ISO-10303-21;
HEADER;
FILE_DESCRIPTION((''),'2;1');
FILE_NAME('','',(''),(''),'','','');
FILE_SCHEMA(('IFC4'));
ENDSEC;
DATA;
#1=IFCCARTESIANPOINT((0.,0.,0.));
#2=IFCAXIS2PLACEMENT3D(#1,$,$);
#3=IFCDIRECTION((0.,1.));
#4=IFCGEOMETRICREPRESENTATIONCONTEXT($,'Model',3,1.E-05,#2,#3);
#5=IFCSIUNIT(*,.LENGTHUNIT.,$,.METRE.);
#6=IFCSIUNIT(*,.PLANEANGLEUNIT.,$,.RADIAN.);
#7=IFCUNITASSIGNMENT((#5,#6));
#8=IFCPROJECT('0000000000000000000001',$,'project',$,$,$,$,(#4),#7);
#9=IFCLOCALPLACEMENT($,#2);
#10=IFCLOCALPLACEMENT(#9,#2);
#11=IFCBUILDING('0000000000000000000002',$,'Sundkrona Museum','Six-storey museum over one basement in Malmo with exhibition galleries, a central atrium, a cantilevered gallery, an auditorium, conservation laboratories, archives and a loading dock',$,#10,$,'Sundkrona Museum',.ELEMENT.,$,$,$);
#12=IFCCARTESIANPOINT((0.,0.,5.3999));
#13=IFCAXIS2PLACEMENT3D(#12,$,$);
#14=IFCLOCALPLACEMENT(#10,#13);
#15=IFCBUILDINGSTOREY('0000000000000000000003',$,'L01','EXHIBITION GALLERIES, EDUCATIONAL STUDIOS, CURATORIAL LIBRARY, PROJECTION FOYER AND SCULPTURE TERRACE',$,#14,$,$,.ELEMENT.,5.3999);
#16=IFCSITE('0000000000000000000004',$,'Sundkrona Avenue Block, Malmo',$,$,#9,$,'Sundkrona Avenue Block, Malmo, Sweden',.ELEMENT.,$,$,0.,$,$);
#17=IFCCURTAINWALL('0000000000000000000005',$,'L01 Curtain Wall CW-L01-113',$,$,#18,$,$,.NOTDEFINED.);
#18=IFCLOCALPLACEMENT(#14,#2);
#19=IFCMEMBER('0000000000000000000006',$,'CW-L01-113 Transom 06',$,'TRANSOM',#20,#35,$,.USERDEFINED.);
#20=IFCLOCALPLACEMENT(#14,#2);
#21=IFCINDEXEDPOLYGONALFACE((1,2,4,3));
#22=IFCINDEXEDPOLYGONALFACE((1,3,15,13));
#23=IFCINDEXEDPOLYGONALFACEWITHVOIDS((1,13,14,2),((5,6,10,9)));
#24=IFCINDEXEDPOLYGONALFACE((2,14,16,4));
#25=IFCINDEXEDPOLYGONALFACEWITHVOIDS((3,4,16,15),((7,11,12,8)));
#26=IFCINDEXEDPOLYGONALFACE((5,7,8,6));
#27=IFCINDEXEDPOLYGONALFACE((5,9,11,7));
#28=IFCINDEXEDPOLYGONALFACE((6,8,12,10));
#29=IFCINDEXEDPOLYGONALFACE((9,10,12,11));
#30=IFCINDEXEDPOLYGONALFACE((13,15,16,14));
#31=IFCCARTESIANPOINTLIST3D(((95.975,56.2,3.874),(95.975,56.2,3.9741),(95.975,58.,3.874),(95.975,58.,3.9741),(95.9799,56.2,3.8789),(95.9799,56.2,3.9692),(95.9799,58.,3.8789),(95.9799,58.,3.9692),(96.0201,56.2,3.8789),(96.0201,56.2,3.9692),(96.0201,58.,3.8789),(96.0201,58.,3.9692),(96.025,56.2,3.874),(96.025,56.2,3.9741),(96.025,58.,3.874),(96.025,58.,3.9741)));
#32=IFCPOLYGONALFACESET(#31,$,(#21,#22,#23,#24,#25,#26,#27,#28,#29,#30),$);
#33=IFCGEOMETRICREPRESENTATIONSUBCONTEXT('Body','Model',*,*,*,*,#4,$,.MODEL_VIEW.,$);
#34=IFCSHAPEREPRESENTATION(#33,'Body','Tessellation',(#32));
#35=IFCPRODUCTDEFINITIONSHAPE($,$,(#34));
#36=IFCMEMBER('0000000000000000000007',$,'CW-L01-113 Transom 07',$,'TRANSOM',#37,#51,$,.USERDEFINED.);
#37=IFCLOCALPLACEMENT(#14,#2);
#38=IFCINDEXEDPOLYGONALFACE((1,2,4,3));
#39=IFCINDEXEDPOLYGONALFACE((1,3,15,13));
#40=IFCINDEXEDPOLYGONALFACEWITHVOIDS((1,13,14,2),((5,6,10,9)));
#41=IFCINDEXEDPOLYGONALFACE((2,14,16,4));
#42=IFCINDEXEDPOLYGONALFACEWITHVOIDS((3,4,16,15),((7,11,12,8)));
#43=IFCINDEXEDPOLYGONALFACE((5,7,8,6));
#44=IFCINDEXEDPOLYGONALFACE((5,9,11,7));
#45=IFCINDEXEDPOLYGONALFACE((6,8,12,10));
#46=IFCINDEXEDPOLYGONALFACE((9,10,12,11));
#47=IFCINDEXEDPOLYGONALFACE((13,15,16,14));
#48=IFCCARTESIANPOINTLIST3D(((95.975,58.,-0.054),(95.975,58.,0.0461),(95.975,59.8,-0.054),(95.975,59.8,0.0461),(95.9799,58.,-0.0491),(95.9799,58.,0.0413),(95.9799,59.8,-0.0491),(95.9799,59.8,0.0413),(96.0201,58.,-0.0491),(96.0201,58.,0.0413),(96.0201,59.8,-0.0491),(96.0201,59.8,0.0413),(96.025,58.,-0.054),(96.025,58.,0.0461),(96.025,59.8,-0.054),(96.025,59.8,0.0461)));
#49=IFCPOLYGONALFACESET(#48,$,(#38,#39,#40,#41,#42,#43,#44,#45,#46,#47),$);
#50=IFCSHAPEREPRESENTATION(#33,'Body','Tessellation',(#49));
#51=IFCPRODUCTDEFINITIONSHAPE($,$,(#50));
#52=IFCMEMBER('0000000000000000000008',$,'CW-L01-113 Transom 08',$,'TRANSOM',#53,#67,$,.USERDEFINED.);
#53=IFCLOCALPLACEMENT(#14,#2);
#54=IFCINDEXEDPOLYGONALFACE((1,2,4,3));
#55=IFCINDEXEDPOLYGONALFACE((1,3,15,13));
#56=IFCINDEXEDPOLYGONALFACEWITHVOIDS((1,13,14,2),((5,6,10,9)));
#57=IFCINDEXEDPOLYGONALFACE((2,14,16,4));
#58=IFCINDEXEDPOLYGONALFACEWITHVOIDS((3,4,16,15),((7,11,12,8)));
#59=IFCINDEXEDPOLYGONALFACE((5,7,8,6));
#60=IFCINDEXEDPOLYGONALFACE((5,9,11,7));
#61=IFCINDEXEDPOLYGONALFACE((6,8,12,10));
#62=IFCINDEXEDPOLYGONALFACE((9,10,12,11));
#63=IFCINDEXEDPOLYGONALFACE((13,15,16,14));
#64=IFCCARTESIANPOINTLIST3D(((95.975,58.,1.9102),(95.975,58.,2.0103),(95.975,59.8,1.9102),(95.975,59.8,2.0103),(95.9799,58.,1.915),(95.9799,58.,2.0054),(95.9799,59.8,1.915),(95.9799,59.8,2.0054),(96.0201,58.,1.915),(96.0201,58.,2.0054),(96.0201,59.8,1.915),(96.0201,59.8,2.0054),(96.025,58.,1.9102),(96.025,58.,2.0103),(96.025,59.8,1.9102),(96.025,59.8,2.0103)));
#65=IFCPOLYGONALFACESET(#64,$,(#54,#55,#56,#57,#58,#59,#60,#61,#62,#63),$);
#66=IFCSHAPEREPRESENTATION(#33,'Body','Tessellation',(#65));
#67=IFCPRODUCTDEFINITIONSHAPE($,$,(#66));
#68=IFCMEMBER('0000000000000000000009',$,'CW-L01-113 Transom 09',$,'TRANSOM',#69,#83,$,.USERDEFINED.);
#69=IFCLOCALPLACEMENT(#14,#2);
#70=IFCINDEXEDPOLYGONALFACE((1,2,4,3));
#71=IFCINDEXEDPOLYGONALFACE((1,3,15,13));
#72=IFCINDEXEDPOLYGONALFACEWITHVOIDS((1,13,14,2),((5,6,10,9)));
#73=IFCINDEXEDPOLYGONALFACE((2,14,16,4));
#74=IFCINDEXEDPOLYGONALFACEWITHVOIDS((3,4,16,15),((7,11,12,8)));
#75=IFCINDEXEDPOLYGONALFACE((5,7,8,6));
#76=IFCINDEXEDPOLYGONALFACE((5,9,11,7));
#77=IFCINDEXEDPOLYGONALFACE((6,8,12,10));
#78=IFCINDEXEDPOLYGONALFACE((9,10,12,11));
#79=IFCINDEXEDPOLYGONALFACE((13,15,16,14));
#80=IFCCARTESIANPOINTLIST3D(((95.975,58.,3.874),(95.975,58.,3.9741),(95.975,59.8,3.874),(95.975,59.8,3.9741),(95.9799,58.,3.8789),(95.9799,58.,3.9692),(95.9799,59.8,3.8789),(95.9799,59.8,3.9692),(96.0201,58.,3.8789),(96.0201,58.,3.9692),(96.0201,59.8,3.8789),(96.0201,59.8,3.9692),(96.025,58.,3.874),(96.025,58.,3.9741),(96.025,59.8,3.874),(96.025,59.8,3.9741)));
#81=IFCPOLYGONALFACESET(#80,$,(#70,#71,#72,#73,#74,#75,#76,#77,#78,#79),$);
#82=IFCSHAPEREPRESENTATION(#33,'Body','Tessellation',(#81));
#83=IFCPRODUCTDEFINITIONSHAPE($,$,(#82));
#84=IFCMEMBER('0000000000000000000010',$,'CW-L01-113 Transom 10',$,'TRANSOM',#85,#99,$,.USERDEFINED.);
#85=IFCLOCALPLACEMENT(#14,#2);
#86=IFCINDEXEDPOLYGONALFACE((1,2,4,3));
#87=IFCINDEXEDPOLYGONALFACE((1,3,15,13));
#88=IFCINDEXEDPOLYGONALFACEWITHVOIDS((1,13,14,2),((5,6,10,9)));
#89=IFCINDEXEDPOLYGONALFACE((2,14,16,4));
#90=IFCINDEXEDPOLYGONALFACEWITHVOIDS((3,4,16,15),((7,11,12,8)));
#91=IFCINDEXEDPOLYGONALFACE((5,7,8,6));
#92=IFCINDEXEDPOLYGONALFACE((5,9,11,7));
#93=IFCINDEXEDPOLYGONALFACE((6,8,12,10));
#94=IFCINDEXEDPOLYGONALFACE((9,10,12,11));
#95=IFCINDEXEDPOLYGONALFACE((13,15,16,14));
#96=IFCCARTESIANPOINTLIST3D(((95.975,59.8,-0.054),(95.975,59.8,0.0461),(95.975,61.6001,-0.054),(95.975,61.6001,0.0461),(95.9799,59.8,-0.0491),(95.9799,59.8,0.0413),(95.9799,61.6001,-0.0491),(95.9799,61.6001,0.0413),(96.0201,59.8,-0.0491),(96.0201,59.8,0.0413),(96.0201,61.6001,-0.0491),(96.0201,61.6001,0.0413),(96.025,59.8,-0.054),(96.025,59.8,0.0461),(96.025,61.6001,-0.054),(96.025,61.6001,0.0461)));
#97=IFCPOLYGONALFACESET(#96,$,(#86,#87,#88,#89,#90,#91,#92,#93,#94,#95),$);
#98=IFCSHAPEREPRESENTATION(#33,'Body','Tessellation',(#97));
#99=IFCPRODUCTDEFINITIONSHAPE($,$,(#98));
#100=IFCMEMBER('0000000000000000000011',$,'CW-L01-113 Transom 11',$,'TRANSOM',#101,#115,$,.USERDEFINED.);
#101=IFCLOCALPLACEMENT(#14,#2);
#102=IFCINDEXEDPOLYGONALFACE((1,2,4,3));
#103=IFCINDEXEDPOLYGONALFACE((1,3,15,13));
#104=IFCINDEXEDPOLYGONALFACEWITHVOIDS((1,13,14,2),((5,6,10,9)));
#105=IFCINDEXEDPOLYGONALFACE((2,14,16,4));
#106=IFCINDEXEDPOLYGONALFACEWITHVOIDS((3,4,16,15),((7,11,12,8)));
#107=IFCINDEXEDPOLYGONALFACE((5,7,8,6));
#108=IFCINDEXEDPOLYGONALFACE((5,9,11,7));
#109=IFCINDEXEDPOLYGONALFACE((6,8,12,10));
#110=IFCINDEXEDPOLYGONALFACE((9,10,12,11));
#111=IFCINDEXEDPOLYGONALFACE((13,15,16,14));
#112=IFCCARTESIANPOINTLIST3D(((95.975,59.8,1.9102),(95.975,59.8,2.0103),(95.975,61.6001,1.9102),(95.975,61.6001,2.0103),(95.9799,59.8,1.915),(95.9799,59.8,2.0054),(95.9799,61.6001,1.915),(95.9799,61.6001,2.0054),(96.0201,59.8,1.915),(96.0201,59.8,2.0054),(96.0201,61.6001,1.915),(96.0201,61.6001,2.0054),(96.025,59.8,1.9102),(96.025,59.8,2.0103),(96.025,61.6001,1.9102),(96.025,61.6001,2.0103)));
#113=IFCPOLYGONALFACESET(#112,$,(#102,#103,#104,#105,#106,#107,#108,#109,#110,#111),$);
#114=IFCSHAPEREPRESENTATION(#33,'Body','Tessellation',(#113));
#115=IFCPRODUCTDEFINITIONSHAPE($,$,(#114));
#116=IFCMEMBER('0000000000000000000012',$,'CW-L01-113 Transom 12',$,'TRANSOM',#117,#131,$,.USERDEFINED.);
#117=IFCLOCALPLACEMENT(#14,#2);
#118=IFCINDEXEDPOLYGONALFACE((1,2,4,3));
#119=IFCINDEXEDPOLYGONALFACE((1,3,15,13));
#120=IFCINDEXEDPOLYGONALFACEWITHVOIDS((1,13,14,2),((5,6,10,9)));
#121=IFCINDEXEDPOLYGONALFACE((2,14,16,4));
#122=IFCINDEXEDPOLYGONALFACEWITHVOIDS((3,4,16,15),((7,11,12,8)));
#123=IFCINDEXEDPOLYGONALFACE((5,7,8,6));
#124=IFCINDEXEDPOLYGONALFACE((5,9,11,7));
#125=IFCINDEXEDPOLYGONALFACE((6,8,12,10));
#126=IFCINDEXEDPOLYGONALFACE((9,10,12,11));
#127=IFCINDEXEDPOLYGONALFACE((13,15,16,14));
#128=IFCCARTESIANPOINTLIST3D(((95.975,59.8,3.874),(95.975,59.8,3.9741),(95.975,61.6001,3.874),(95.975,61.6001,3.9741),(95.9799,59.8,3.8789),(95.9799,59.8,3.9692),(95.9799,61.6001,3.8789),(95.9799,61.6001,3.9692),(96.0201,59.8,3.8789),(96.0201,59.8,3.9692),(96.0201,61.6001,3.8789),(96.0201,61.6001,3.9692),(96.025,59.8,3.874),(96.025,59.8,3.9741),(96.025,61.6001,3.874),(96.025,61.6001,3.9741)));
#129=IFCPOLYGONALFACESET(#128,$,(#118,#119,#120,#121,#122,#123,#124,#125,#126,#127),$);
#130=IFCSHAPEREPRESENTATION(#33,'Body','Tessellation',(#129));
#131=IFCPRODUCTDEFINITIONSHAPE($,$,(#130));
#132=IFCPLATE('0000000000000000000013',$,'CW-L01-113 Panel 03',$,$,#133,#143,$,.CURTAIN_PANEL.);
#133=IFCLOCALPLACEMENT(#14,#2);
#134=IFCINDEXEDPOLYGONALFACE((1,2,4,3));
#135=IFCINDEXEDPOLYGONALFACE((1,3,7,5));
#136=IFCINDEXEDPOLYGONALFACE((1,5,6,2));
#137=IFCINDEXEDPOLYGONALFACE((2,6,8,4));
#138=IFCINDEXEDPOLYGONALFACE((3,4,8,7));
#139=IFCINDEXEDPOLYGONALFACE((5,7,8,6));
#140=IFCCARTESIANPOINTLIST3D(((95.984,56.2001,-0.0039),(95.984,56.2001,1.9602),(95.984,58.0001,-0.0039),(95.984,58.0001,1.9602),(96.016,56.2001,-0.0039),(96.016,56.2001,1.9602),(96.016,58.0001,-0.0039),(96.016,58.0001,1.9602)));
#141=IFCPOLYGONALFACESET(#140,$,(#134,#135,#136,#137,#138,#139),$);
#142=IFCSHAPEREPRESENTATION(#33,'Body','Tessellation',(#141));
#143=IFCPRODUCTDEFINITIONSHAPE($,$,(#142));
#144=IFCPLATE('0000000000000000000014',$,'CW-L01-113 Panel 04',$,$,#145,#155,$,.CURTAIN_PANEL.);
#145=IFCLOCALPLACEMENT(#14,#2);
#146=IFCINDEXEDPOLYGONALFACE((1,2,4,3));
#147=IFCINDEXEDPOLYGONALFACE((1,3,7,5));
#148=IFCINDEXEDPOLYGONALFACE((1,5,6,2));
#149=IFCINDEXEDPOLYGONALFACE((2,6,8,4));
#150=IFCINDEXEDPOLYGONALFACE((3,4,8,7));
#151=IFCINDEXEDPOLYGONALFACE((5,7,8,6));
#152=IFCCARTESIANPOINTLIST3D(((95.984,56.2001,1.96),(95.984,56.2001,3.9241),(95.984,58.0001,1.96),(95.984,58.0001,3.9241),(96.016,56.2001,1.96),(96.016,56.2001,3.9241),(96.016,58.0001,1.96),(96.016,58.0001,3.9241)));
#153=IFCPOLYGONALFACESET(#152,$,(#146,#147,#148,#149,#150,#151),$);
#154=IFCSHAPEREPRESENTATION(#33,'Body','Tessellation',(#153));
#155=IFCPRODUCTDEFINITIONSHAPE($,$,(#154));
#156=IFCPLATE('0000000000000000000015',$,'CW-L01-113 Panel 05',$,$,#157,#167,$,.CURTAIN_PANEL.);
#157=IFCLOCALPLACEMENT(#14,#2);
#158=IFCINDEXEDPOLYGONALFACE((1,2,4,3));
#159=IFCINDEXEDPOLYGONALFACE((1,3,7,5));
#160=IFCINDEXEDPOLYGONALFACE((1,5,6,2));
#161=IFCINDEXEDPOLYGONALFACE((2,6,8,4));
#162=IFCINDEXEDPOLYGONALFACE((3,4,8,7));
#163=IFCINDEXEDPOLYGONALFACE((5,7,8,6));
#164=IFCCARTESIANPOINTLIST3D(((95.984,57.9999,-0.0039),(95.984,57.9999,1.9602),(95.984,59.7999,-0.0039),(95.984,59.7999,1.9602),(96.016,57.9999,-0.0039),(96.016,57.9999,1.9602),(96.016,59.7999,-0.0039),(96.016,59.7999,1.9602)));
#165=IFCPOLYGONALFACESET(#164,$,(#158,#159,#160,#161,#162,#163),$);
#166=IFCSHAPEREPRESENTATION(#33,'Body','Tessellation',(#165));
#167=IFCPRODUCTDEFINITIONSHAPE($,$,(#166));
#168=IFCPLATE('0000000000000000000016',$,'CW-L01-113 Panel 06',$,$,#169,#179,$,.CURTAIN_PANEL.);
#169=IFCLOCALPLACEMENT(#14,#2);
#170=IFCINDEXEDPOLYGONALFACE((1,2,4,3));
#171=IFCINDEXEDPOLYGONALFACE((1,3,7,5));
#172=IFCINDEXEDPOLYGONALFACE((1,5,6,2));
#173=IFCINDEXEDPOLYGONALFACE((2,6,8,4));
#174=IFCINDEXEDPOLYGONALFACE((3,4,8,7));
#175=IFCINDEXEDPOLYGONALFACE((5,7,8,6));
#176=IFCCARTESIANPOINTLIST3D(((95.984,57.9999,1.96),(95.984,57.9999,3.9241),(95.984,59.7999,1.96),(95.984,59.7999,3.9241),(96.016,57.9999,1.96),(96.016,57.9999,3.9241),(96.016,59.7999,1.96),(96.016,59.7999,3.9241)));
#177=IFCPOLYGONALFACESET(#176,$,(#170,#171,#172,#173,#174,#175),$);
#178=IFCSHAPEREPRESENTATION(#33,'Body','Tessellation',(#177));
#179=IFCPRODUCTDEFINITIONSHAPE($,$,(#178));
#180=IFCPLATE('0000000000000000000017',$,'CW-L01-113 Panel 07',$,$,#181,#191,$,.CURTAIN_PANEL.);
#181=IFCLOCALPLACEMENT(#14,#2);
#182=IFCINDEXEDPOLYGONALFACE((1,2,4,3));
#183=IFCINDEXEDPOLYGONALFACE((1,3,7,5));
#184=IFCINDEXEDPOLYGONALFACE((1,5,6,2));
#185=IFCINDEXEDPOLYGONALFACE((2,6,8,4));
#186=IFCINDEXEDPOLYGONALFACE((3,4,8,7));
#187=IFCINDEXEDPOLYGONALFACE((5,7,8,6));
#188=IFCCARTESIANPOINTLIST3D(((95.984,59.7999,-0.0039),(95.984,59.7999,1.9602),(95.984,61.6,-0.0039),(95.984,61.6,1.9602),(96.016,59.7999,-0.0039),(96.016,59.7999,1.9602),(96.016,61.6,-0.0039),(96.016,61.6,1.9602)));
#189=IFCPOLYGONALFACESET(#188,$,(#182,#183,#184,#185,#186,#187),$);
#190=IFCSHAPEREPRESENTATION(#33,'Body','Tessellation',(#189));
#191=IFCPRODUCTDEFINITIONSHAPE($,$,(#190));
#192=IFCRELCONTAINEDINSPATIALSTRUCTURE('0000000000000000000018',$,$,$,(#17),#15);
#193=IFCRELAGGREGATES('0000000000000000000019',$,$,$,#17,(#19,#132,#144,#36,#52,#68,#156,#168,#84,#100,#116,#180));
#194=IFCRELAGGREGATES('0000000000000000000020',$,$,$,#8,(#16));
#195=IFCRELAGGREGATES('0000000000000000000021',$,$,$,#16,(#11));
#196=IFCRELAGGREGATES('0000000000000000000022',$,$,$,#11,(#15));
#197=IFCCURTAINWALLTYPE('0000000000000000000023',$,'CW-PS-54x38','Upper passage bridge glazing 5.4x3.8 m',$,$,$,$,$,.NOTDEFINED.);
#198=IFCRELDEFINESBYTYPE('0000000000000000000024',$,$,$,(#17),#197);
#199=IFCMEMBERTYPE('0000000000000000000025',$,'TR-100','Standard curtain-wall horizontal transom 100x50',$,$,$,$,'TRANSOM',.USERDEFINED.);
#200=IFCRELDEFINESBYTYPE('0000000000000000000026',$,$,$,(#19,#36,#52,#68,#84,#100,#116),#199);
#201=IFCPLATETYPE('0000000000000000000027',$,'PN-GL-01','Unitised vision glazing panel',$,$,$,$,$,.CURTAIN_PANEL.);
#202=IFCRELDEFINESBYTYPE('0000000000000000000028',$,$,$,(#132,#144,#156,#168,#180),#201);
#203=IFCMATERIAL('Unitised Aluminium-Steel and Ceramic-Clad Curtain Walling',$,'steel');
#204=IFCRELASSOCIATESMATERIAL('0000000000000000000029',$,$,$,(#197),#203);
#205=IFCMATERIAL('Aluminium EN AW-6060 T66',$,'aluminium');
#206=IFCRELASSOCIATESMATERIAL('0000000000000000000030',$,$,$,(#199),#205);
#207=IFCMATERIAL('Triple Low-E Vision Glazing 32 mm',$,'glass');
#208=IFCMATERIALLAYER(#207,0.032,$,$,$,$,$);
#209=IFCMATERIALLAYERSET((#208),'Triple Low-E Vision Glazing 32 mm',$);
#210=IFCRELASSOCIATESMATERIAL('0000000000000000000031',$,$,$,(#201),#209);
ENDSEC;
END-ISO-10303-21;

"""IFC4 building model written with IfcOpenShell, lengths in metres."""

from ifc_helpers import new_model, si_unit, direction, frame, origin, origin_2d, place, context, subcontext, project, spatial, rectangle, hollow_rectangle, extrude, material, layer, layer_set, material_profile, profile_set, type_object, element, aggregate, save


model = new_model("IFC4")

# Units and contexts
model_context = context("Model", 3, precision=1e-05, world=origin(), true_north=direction((0.0, 1.0)))
body_context = subcontext(model_context, "Body", "Model", "MODEL_VIEW")
ifc_project = project(units=[si_unit("LENGTHUNIT", "METRE"), si_unit("PLANEANGLEUNIT", "RADIAN")], contexts=[model_context])

# Site, building, storey
site_placement = place(None, origin())
site = spatial("IfcSite", under=ifc_project, at=site_placement, Name="Sundkrona Avenue Block, Malmo", LongName="Sundkrona Avenue Block, Malmo, Sweden", CompositionType="ELEMENT", RefElevation=0.0)
building_placement = place(site_placement, origin())
building = spatial("IfcBuilding", under=site, at=building_placement, Name="Sundkrona Museum", Description="Six-storey museum over one basement in Malmo with exhibition galleries, a central atrium, a cantilevered gallery, an auditorium, conservation laboratories, archives and a loading dock", LongName="Sundkrona Museum", CompositionType="ELEMENT")
storey_placement = place(building_placement, frame((0.0, 0.0, 5.3999)))
storey = spatial("IfcBuildingStorey", under=building, at=storey_placement, Name="L01", Description="EXHIBITION GALLERIES, EDUCATIONAL STUDIOS, CURATORIAL LIBRARY, PROJECTION FOYER AND SCULPTURE TERRACE", CompositionType="ELEMENT", Elevation=5.3999)

# Curtain wall, members, plates
ifc_material_1 = material(Name="Unitised Aluminium-Steel and Ceramic-Clad Curtain Walling", Category="steel")
curtain_wall_type = type_object("IfcCurtainWallType", Name="CW-PS-54x38", Description="Upper passage bridge glazing 5.4x3.8 m", PredefinedType="NOTDEFINED", material=ifc_material_1)
curtain_wall_placement = place(storey_placement, origin())
curtain_wall = element("IfcCurtainWall", 1, at=curtain_wall_placement, inside=storey, type_object=curtain_wall_type, Name="L01 Curtain Wall CW-L01-113", PredefinedType="NOTDEFINED")
ifc_material_2 = material(Name="Aluminium EN AW-6060 T66", Category="aluminium")
ifc_material_profile_1 = material_profile(ifc_material_2, hollow_rectangle(XDim=0.05, YDim=0.1001, WallThickness=0.0049, at=origin_2d()), Name="RHS 100x50x5.0")
ifc_profile_set_1 = profile_set([ifc_material_profile_1], Name="Aluminium EN AW-6060 T66")
member_type_1 = type_object("IfcMemberType", Name="TR-100", Description="Standard curtain-wall horizontal transom 100x50", ElementType="TRANSOM", PredefinedType="USERDEFINED", material=ifc_profile_set_1)
member_1_placement = place(storey_placement, frame((96.0, 56.2, 3.9241), z_axis=(0.0, 1.0, 0.0), x_axis=(-1.0, 0.0, 0.0)))
member_1 = element("IfcMember", 2, at=member_1_placement, type_object=member_type_1, Name="CW-L01-113 Transom 06", ObjectType="TRANSOM", PredefinedType="USERDEFINED", context=body_context, shape_type="SweptSolid", body=[
    extrude(hollow_rectangle(XDim=0.05, YDim=0.1001, WallThickness=0.0049, at=origin_2d()), origin(), (0.0, 0.0, 1.0), 1.8),
])
member_2_placement = place(storey_placement, frame((96.0, 58.0, -0.0039), z_axis=(0.0, 1.0, 0.0), x_axis=(-1.0, 0.0, 0.0)))
member_2 = element("IfcMember", 3, at=member_2_placement, type_object=member_type_1, Name="CW-L01-113 Transom 07", ObjectType="TRANSOM", PredefinedType="USERDEFINED", context=body_context, shape_type="SweptSolid", body=[
    extrude(hollow_rectangle(XDim=0.05, YDim=0.1001, WallThickness=0.0049, at=origin_2d()), origin(), (0.0, 0.0, 1.0), 1.8),
])
member_3_placement = place(storey_placement, frame((96.0, 58.0, 1.9602), z_axis=(0.0, 1.0, 0.0), x_axis=(-1.0, 0.0, 0.0)))
member_3 = element("IfcMember", 4, at=member_3_placement, type_object=member_type_1, Name="CW-L01-113 Transom 08", ObjectType="TRANSOM", PredefinedType="USERDEFINED", context=body_context, shape_type="SweptSolid", body=[
    extrude(hollow_rectangle(XDim=0.05, YDim=0.1001, WallThickness=0.0049, at=origin_2d()), origin(), (0.0, 0.0, 1.0), 1.8),
])
member_4_placement = place(storey_placement, frame((96.0, 58.0, 3.9241), z_axis=(0.0, 1.0, 0.0), x_axis=(-1.0, 0.0, 0.0)))
member_4 = element("IfcMember", 5, at=member_4_placement, type_object=member_type_1, Name="CW-L01-113 Transom 09", ObjectType="TRANSOM", PredefinedType="USERDEFINED", context=body_context, shape_type="SweptSolid", body=[
    extrude(hollow_rectangle(XDim=0.05, YDim=0.1001, WallThickness=0.0049, at=origin_2d()), origin(), (0.0, 0.0, 1.0), 1.8),
])
member_5_placement = place(storey_placement, frame((96.0, 59.8, -0.0039), z_axis=(0.0, 1.0, 0.0), x_axis=(-1.0, 0.0, 0.0)))
member_5 = element("IfcMember", 6, at=member_5_placement, type_object=member_type_1, Name="CW-L01-113 Transom 10", ObjectType="TRANSOM", PredefinedType="USERDEFINED", context=body_context, shape_type="SweptSolid", body=[
    extrude(hollow_rectangle(XDim=0.05, YDim=0.1001, WallThickness=0.0049, at=origin_2d()), origin(), (0.0, 0.0, 1.0), 1.8),
])
member_6_placement = place(storey_placement, frame((96.0, 59.8, 1.9602), z_axis=(0.0, 1.0, 0.0), x_axis=(-1.0, 0.0, 0.0)))
member_6 = element("IfcMember", 7, at=member_6_placement, type_object=member_type_1, Name="CW-L01-113 Transom 11", ObjectType="TRANSOM", PredefinedType="USERDEFINED", context=body_context, shape_type="SweptSolid", body=[
    extrude(hollow_rectangle(XDim=0.05, YDim=0.1001, WallThickness=0.0049, at=origin_2d()), origin(), (0.0, 0.0, 1.0), 1.8),
])
member_7_placement = place(storey_placement, frame((96.0, 59.8, 3.9241), z_axis=(0.0, 1.0, 0.0), x_axis=(-1.0, 0.0, 0.0)))
member_7 = element("IfcMember", 8, at=member_7_placement, type_object=member_type_1, Name="CW-L01-113 Transom 12", ObjectType="TRANSOM", PredefinedType="USERDEFINED", context=body_context, shape_type="SweptSolid", body=[
    extrude(hollow_rectangle(XDim=0.05, YDim=0.1001, WallThickness=0.0049, at=origin_2d()), origin(), (0.0, 0.0, 1.0), 1.8),
])
ifc_material_3 = material(Name="Triple Low-E Vision Glazing 32 mm", Category="glass")
ifc_layer = layer(ifc_material_3, 0.032)
ifc_layer_set = layer_set([ifc_layer], Name="Triple Low-E Vision Glazing 32 mm")
plate_type = type_object("IfcPlateType", Name="PN-GL-01", Description="Unitised vision glazing panel", PredefinedType="CURTAIN_PANEL", material=ifc_layer_set)
plate_1_placement = place(storey_placement, frame((96.0, 57.1001, -0.0039), z_axis=(0.0, 0.0, 1.0), x_axis=(0.0, 1.0, 0.0)))
plate_1 = element("IfcPlate", 9, at=plate_1_placement, type_object=plate_type, Name="CW-L01-113 Panel 03", PredefinedType="CURTAIN_PANEL", context=body_context, shape_type="SweptSolid", body=[
    extrude(rectangle(XDim=1.8, YDim=0.032, at=origin_2d()), origin(), (0.0, 0.0, 1.0), 1.9641),
])
plate_2_placement = place(storey_placement, frame((96.0, 57.1001, 1.96), z_axis=(0.0, 0.0, 1.0), x_axis=(0.0, 1.0, 0.0)))
plate_2 = element("IfcPlate", 10, at=plate_2_placement, type_object=plate_type, Name="CW-L01-113 Panel 04", PredefinedType="CURTAIN_PANEL", context=body_context, shape_type="SweptSolid", body=[
    extrude(rectangle(XDim=1.8, YDim=0.032, at=origin_2d()), origin(), (0.0, 0.0, 1.0), 1.9641),
])
plate_3_placement = place(storey_placement, frame((96.0, 58.8999, -0.0039), z_axis=(0.0, 0.0, 1.0), x_axis=(0.0, 1.0, 0.0)))
plate_3 = element("IfcPlate", 11, at=plate_3_placement, type_object=plate_type, Name="CW-L01-113 Panel 05", PredefinedType="CURTAIN_PANEL", context=body_context, shape_type="SweptSolid", body=[
    extrude(rectangle(XDim=1.8, YDim=0.032, at=origin_2d()), origin(), (0.0, 0.0, 1.0), 1.9641),
])
plate_4_placement = place(storey_placement, frame((96.0, 58.8999, 1.96), z_axis=(0.0, 0.0, 1.0), x_axis=(0.0, 1.0, 0.0)))
plate_4 = element("IfcPlate", 12, at=plate_4_placement, type_object=plate_type, Name="CW-L01-113 Panel 06", PredefinedType="CURTAIN_PANEL", context=body_context, shape_type="SweptSolid", body=[
    extrude(rectangle(XDim=1.8, YDim=0.032, at=origin_2d()), origin(), (0.0, 0.0, 1.0), 1.9641),
])
plate_5_placement = place(storey_placement, frame((96.0, 60.7, -0.0039), z_axis=(0.0, 0.0, 1.0), x_axis=(0.0, 1.0, 0.0)))
plate_5 = element("IfcPlate", 13, at=plate_5_placement, type_object=plate_type, Name="CW-L01-113 Panel 07", PredefinedType="CURTAIN_PANEL", context=body_context, shape_type="SweptSolid", body=[
    extrude(rectangle(XDim=1.8, YDim=0.032, at=origin_2d()), origin(), (0.0, 0.0, 1.0), 1.9641),
])
aggregate(curtain_wall, [member_1, plate_1, plate_2, member_2, member_3, member_4, plate_3, plate_4, member_5, member_6, member_7, plate_5])

save(model, "model.ifc")
